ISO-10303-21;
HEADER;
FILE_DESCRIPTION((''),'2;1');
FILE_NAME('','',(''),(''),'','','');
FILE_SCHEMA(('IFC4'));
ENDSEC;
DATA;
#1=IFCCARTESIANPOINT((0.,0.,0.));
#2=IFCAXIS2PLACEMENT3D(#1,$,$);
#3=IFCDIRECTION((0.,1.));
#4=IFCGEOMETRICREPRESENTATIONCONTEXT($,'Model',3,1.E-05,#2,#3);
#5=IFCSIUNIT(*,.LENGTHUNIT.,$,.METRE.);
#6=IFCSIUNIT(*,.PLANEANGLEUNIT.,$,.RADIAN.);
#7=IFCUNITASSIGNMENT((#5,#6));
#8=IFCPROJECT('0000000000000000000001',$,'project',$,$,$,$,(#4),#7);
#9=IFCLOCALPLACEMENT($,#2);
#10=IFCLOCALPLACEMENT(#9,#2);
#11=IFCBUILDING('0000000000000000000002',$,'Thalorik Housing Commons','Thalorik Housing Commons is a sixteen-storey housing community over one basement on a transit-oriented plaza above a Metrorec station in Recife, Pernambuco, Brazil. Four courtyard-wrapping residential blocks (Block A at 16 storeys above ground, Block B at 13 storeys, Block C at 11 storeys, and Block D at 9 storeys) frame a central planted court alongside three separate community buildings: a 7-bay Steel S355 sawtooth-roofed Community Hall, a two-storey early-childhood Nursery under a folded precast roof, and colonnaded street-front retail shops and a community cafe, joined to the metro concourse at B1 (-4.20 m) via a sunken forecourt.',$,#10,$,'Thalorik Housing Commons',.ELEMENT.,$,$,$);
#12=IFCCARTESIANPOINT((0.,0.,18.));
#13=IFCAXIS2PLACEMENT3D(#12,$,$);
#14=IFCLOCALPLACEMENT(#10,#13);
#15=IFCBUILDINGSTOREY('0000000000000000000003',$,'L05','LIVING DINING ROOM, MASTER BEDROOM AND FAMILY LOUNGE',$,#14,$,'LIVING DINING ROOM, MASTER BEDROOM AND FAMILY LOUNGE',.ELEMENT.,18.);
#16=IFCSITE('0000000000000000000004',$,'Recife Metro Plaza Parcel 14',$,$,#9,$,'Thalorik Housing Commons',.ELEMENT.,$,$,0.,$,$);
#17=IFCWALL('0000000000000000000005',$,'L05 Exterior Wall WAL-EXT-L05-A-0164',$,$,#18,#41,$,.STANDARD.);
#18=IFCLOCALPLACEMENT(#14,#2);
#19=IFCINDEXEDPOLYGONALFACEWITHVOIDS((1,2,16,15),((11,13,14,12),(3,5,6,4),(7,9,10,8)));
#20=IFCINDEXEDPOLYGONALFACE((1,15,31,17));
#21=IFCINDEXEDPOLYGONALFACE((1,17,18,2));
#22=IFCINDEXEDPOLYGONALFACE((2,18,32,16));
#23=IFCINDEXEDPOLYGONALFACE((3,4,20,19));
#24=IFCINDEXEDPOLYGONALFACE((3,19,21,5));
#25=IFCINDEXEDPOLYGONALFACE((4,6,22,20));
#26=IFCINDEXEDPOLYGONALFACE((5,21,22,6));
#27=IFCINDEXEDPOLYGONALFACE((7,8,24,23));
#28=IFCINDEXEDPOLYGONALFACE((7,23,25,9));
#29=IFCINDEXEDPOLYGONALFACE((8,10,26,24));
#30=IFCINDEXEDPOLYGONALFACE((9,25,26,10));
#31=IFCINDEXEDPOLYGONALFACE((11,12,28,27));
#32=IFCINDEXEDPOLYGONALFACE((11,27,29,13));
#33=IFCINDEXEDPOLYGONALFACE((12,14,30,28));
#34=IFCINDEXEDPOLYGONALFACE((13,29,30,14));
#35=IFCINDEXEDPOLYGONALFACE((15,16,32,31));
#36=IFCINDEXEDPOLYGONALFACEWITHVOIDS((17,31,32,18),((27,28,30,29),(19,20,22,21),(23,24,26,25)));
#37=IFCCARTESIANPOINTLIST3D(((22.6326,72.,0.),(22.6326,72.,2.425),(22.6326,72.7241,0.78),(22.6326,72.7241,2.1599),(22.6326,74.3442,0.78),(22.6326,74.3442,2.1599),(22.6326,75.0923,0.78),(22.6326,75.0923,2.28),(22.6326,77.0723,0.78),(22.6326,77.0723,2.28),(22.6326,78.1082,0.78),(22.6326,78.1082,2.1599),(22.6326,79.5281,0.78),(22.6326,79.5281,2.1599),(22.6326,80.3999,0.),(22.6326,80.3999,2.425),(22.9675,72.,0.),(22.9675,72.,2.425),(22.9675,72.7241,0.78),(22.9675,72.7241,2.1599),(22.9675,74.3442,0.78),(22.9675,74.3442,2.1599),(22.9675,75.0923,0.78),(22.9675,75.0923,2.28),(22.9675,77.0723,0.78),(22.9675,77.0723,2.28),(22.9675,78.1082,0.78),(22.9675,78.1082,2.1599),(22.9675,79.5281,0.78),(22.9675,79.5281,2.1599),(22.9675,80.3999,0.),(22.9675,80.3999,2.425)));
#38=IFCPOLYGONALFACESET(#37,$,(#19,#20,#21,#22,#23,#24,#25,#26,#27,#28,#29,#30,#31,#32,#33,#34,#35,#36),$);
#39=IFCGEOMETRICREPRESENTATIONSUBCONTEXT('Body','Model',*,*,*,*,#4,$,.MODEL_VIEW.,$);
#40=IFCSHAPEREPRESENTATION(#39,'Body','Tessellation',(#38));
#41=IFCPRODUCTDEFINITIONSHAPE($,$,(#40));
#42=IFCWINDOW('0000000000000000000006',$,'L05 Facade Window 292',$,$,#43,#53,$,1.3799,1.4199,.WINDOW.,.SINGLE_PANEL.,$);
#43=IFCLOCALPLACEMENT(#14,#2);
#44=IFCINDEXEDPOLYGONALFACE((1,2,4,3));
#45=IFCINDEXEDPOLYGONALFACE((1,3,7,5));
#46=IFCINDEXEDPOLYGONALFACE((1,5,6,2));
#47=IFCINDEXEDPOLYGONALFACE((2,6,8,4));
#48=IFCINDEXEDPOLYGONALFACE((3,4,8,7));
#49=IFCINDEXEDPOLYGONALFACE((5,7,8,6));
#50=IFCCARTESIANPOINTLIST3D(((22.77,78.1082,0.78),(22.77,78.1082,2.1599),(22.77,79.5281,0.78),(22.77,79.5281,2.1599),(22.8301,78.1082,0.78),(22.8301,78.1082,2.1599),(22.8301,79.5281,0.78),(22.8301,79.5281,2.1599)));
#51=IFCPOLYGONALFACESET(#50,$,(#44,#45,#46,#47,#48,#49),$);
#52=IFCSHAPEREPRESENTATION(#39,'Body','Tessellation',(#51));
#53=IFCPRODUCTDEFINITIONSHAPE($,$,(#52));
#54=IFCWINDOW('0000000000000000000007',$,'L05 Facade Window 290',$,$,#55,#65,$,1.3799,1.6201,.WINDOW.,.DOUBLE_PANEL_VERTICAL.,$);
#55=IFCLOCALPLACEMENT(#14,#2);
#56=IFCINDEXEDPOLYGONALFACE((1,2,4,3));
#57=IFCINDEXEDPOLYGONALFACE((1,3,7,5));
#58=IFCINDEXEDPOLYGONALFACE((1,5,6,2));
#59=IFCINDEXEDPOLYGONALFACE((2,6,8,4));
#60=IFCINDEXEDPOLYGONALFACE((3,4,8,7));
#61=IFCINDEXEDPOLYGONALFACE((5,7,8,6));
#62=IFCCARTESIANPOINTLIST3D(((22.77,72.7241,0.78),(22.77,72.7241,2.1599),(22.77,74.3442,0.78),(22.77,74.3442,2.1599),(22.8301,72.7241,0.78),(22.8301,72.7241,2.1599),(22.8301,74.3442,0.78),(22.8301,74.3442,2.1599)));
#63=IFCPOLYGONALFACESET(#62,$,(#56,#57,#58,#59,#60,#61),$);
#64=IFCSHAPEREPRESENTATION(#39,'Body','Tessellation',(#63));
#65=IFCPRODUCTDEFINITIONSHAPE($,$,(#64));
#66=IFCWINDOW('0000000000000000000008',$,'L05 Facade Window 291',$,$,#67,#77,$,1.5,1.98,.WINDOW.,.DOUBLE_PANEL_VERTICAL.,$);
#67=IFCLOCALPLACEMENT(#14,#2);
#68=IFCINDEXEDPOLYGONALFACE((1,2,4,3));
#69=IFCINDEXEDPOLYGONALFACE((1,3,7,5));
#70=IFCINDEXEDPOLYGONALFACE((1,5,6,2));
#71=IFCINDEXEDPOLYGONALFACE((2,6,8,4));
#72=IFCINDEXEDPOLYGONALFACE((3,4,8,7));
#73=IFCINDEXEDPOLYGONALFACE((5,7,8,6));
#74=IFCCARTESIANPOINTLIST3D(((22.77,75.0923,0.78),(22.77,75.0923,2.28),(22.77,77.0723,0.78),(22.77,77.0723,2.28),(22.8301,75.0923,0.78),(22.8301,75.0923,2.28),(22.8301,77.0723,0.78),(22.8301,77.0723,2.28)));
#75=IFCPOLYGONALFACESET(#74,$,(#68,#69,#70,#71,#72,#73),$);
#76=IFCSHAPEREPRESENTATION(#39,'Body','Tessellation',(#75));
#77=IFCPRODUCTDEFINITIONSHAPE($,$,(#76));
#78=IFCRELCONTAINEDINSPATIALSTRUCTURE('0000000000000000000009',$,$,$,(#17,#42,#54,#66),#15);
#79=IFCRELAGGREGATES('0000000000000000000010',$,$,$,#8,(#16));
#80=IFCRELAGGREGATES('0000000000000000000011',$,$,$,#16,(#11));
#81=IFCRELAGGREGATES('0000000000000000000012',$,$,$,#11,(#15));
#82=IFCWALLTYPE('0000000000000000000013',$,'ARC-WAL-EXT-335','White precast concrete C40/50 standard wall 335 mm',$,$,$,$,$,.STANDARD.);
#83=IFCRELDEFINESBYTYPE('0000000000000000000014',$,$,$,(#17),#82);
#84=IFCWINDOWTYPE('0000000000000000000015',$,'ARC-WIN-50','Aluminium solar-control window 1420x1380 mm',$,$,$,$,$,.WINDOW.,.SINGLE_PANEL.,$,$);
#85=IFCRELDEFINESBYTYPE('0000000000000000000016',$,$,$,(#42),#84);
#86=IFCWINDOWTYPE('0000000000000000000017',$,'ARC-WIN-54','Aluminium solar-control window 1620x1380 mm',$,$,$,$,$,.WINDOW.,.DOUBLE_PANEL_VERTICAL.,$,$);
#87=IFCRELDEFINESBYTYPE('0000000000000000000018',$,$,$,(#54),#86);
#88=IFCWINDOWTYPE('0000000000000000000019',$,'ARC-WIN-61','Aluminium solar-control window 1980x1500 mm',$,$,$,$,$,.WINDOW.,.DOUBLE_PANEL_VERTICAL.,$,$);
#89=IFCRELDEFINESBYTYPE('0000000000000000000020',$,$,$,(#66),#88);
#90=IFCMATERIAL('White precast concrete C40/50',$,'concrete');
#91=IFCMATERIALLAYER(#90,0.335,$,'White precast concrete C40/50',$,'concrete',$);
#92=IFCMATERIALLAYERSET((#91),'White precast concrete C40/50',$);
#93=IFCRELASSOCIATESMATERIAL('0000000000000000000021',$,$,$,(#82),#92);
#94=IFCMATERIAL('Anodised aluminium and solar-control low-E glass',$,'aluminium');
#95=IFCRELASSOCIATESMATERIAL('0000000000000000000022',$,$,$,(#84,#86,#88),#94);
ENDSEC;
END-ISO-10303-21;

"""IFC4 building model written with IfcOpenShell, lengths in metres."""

from ifc_helpers import new_model, si_unit, direction, frame, frame_2d, origin, place, context, subcontext, project, spatial, rectangle, extrude, material, layer, layer_set, type_object, element, fill, save


model = new_model("IFC4")

# Units and contexts
model_context = context("Model", 3, precision=1e-05, world=origin(), true_north=direction((0.0, 1.0)))
body_context = subcontext(model_context, "Body", "Model", "MODEL_VIEW")
ifc_project = project(units=[si_unit("LENGTHUNIT", "METRE"), si_unit("PLANEANGLEUNIT", "RADIAN")], contexts=[model_context])

# Site, building, storey
site_placement = place(None, origin())
site = spatial("IfcSite", under=ifc_project, at=site_placement, Name="Recife Metro Plaza Parcel 14", LongName="Thalorik Housing Commons", CompositionType="ELEMENT", RefElevation=0.0)
building_placement = place(site_placement, origin())
building = spatial("IfcBuilding", under=site, at=building_placement, Name="Thalorik Housing Commons", Description="Thalorik Housing Commons is a sixteen-storey housing community over one basement on a transit-oriented plaza above a Metrorec station in Recife, Pernambuco, Brazil. Four courtyard-wrapping residential blocks (Block A at 16 storeys above ground, Block B at 13 storeys, Block C at 11 storeys, and Block D at 9 storeys) frame a central planted court alongside three separate community buildings: a 7-bay Steel S355 sawtooth-roofed Community Hall, a two-storey early-childhood Nursery under a folded precast roof, and colonnaded street-front retail shops and a community cafe, joined to the metro concourse at B1 (-4.20 m) via a sunken forecourt.", LongName="Thalorik Housing Commons", CompositionType="ELEMENT")
storey_placement = place(building_placement, frame((0.0, 0.0, 18.0)))
storey = spatial("IfcBuildingStorey", under=building, at=storey_placement, Name="L05", Description="LIVING DINING ROOM, MASTER BEDROOM AND FAMILY LOUNGE", LongName="LIVING DINING ROOM, MASTER BEDROOM AND FAMILY LOUNGE", CompositionType="ELEMENT", Elevation=18.0)

# Shared definitions
ifc_material_1 = material(Name="Anodised aluminium and solar-control low-E glass", Category="aluminium")

# Shared definitions
ifc_material_2 = material(Name="White precast concrete C40/50", Category="concrete")
ifc_layer_1 = layer(ifc_material_2, 0.335, Name="White precast concrete C40/50", Category="concrete")
ifc_layer_set_1 = layer_set([ifc_layer_1], Name="White precast concrete C40/50")
wall_type_1 = type_object("IfcWallType", Name="ARC-WAL-EXT-335", Description="White precast concrete C40/50 standard wall 335 mm", PredefinedType="STANDARD", material=ifc_layer_set_1)

# Wall, openings, windows
wall_1_placement = place(storey_placement, frame((22.8, 72.0, 0.0), z_axis=(0.0, 0.0, 1.0), x_axis=(0.0, 1.0, 0.0)))
wall_1 = element("IfcWall", 1, at=wall_1_placement, inside=storey, type_object=wall_type_1, Name="L05 Exterior Wall WAL-EXT-L05-A-0164", PredefinedType="STANDARD", context=body_context, shape_type="SweptSolid", body=[
    extrude(rectangle(XDim=8.3999, YDim=0.335, at=frame_2d((4.2, 0.0))), origin(), (0.0, 0.0, 1.0), 2.425),
])
opening_1_placement = place(wall_1_placement, frame((0.7241, 0.0, 0.78)))
opening_1 = element("IfcOpeningElement", 2, at=opening_1_placement, cuts=wall_1, PredefinedType="OPENING", context=body_context, shape_type="SweptSolid", body=[
    extrude(rectangle(XDim=1.6201, YDim=1.3799, at=frame_2d((0.8101, 0.6899))), frame((0.0, 0.1775, 0.0), z_axis=(0.0, -1.0, 0.0), x_axis=(1.0, 0.0, 0.0)), (0.0, 0.0, 1.0), 0.355),
])
opening_2_placement = place(wall_1_placement, frame((3.0923, 0.0, 0.78)))
opening_2 = element("IfcOpeningElement", 3, at=opening_2_placement, cuts=wall_1, PredefinedType="OPENING", context=body_context, shape_type="SweptSolid", body=[
    extrude(rectangle(XDim=1.98, YDim=1.5, at=frame_2d((0.99, 0.75))), frame((0.0, 0.1775, 0.0), z_axis=(0.0, -1.0, 0.0), x_axis=(1.0, 0.0, 0.0)), (0.0, 0.0, 1.0), 0.355),
])
opening_3_placement = place(wall_1_placement, frame((6.1082, 0.0, 0.78)))
opening_3 = element("IfcOpeningElement", 4, at=opening_3_placement, cuts=wall_1, PredefinedType="OPENING", context=body_context, shape_type="SweptSolid", body=[
    extrude(rectangle(XDim=1.4199, YDim=1.3799, at=frame_2d((0.71, 0.6899))), frame((0.0, 0.1775, 0.0), z_axis=(0.0, -1.0, 0.0), x_axis=(1.0, 0.0, 0.0)), (0.0, 0.0, 1.0), 0.355),
])
window_type_1 = type_object("IfcWindowType", Name="ARC-WIN-50", Description="Aluminium solar-control window 1420x1380 mm", PartitioningType="SINGLE_PANEL", PredefinedType="WINDOW", material=ifc_material_1)
window_1_placement = place(opening_3_placement, origin())
window_1 = element("IfcWindow", 5, at=window_1_placement, inside=storey, type_object=window_type_1, Name="L05 Facade Window 292", OverallHeight=1.3799, OverallWidth=1.4199, PartitioningType="SINGLE_PANEL", PredefinedType="WINDOW", context=body_context, shape_type="SweptSolid", body=[
    extrude(rectangle(XDim=1.4199, YDim=1.3799, at=frame_2d((0.71, 0.6899))), frame((0.0, 0.03, 0.0), z_axis=(0.0, -1.0, 0.0), x_axis=(1.0, 0.0, 0.0)), (0.0, 0.0, 1.0), 0.0601),
])
fill(opening_3, window_1)
window_type_2 = type_object("IfcWindowType", Name="ARC-WIN-54", Description="Aluminium solar-control window 1620x1380 mm", PartitioningType="DOUBLE_PANEL_VERTICAL", PredefinedType="WINDOW", material=ifc_material_1)
window_2_placement = place(opening_1_placement, origin())
window_2 = element("IfcWindow", 6, at=window_2_placement, inside=storey, type_object=window_type_2, Name="L05 Facade Window 290", OverallHeight=1.3799, OverallWidth=1.6201, PartitioningType="DOUBLE_PANEL_VERTICAL", PredefinedType="WINDOW", context=body_context, shape_type="SweptSolid", body=[
    extrude(rectangle(XDim=1.6201, YDim=1.3799, at=frame_2d((0.8101, 0.6899))), frame((0.0, 0.03, 0.0), z_axis=(0.0, -1.0, 0.0), x_axis=(1.0, 0.0, 0.0)), (0.0, 0.0, 1.0), 0.0601),
])
fill(opening_1, window_2)
window_type_3 = type_object("IfcWindowType", Name="ARC-WIN-61", Description="Aluminium solar-control window 1980x1500 mm", PartitioningType="DOUBLE_PANEL_VERTICAL", PredefinedType="WINDOW", material=ifc_material_1)
window_3_placement = place(opening_2_placement, origin())
window_3 = element("IfcWindow", 7, at=window_3_placement, inside=storey, type_object=window_type_3, Name="L05 Facade Window 291", OverallHeight=1.5, OverallWidth=1.98, PartitioningType="DOUBLE_PANEL_VERTICAL", PredefinedType="WINDOW", context=body_context, shape_type="SweptSolid", body=[
    extrude(rectangle(XDim=1.98, YDim=1.5, at=frame_2d((0.99, 0.75))), frame((0.0, 0.03, 0.0), z_axis=(0.0, -1.0, 0.0), x_axis=(1.0, 0.0, 0.0)), (0.0, 0.0, 1.0), 0.0601),
])
fill(opening_2, window_3)

save(model, "model.ifc")
